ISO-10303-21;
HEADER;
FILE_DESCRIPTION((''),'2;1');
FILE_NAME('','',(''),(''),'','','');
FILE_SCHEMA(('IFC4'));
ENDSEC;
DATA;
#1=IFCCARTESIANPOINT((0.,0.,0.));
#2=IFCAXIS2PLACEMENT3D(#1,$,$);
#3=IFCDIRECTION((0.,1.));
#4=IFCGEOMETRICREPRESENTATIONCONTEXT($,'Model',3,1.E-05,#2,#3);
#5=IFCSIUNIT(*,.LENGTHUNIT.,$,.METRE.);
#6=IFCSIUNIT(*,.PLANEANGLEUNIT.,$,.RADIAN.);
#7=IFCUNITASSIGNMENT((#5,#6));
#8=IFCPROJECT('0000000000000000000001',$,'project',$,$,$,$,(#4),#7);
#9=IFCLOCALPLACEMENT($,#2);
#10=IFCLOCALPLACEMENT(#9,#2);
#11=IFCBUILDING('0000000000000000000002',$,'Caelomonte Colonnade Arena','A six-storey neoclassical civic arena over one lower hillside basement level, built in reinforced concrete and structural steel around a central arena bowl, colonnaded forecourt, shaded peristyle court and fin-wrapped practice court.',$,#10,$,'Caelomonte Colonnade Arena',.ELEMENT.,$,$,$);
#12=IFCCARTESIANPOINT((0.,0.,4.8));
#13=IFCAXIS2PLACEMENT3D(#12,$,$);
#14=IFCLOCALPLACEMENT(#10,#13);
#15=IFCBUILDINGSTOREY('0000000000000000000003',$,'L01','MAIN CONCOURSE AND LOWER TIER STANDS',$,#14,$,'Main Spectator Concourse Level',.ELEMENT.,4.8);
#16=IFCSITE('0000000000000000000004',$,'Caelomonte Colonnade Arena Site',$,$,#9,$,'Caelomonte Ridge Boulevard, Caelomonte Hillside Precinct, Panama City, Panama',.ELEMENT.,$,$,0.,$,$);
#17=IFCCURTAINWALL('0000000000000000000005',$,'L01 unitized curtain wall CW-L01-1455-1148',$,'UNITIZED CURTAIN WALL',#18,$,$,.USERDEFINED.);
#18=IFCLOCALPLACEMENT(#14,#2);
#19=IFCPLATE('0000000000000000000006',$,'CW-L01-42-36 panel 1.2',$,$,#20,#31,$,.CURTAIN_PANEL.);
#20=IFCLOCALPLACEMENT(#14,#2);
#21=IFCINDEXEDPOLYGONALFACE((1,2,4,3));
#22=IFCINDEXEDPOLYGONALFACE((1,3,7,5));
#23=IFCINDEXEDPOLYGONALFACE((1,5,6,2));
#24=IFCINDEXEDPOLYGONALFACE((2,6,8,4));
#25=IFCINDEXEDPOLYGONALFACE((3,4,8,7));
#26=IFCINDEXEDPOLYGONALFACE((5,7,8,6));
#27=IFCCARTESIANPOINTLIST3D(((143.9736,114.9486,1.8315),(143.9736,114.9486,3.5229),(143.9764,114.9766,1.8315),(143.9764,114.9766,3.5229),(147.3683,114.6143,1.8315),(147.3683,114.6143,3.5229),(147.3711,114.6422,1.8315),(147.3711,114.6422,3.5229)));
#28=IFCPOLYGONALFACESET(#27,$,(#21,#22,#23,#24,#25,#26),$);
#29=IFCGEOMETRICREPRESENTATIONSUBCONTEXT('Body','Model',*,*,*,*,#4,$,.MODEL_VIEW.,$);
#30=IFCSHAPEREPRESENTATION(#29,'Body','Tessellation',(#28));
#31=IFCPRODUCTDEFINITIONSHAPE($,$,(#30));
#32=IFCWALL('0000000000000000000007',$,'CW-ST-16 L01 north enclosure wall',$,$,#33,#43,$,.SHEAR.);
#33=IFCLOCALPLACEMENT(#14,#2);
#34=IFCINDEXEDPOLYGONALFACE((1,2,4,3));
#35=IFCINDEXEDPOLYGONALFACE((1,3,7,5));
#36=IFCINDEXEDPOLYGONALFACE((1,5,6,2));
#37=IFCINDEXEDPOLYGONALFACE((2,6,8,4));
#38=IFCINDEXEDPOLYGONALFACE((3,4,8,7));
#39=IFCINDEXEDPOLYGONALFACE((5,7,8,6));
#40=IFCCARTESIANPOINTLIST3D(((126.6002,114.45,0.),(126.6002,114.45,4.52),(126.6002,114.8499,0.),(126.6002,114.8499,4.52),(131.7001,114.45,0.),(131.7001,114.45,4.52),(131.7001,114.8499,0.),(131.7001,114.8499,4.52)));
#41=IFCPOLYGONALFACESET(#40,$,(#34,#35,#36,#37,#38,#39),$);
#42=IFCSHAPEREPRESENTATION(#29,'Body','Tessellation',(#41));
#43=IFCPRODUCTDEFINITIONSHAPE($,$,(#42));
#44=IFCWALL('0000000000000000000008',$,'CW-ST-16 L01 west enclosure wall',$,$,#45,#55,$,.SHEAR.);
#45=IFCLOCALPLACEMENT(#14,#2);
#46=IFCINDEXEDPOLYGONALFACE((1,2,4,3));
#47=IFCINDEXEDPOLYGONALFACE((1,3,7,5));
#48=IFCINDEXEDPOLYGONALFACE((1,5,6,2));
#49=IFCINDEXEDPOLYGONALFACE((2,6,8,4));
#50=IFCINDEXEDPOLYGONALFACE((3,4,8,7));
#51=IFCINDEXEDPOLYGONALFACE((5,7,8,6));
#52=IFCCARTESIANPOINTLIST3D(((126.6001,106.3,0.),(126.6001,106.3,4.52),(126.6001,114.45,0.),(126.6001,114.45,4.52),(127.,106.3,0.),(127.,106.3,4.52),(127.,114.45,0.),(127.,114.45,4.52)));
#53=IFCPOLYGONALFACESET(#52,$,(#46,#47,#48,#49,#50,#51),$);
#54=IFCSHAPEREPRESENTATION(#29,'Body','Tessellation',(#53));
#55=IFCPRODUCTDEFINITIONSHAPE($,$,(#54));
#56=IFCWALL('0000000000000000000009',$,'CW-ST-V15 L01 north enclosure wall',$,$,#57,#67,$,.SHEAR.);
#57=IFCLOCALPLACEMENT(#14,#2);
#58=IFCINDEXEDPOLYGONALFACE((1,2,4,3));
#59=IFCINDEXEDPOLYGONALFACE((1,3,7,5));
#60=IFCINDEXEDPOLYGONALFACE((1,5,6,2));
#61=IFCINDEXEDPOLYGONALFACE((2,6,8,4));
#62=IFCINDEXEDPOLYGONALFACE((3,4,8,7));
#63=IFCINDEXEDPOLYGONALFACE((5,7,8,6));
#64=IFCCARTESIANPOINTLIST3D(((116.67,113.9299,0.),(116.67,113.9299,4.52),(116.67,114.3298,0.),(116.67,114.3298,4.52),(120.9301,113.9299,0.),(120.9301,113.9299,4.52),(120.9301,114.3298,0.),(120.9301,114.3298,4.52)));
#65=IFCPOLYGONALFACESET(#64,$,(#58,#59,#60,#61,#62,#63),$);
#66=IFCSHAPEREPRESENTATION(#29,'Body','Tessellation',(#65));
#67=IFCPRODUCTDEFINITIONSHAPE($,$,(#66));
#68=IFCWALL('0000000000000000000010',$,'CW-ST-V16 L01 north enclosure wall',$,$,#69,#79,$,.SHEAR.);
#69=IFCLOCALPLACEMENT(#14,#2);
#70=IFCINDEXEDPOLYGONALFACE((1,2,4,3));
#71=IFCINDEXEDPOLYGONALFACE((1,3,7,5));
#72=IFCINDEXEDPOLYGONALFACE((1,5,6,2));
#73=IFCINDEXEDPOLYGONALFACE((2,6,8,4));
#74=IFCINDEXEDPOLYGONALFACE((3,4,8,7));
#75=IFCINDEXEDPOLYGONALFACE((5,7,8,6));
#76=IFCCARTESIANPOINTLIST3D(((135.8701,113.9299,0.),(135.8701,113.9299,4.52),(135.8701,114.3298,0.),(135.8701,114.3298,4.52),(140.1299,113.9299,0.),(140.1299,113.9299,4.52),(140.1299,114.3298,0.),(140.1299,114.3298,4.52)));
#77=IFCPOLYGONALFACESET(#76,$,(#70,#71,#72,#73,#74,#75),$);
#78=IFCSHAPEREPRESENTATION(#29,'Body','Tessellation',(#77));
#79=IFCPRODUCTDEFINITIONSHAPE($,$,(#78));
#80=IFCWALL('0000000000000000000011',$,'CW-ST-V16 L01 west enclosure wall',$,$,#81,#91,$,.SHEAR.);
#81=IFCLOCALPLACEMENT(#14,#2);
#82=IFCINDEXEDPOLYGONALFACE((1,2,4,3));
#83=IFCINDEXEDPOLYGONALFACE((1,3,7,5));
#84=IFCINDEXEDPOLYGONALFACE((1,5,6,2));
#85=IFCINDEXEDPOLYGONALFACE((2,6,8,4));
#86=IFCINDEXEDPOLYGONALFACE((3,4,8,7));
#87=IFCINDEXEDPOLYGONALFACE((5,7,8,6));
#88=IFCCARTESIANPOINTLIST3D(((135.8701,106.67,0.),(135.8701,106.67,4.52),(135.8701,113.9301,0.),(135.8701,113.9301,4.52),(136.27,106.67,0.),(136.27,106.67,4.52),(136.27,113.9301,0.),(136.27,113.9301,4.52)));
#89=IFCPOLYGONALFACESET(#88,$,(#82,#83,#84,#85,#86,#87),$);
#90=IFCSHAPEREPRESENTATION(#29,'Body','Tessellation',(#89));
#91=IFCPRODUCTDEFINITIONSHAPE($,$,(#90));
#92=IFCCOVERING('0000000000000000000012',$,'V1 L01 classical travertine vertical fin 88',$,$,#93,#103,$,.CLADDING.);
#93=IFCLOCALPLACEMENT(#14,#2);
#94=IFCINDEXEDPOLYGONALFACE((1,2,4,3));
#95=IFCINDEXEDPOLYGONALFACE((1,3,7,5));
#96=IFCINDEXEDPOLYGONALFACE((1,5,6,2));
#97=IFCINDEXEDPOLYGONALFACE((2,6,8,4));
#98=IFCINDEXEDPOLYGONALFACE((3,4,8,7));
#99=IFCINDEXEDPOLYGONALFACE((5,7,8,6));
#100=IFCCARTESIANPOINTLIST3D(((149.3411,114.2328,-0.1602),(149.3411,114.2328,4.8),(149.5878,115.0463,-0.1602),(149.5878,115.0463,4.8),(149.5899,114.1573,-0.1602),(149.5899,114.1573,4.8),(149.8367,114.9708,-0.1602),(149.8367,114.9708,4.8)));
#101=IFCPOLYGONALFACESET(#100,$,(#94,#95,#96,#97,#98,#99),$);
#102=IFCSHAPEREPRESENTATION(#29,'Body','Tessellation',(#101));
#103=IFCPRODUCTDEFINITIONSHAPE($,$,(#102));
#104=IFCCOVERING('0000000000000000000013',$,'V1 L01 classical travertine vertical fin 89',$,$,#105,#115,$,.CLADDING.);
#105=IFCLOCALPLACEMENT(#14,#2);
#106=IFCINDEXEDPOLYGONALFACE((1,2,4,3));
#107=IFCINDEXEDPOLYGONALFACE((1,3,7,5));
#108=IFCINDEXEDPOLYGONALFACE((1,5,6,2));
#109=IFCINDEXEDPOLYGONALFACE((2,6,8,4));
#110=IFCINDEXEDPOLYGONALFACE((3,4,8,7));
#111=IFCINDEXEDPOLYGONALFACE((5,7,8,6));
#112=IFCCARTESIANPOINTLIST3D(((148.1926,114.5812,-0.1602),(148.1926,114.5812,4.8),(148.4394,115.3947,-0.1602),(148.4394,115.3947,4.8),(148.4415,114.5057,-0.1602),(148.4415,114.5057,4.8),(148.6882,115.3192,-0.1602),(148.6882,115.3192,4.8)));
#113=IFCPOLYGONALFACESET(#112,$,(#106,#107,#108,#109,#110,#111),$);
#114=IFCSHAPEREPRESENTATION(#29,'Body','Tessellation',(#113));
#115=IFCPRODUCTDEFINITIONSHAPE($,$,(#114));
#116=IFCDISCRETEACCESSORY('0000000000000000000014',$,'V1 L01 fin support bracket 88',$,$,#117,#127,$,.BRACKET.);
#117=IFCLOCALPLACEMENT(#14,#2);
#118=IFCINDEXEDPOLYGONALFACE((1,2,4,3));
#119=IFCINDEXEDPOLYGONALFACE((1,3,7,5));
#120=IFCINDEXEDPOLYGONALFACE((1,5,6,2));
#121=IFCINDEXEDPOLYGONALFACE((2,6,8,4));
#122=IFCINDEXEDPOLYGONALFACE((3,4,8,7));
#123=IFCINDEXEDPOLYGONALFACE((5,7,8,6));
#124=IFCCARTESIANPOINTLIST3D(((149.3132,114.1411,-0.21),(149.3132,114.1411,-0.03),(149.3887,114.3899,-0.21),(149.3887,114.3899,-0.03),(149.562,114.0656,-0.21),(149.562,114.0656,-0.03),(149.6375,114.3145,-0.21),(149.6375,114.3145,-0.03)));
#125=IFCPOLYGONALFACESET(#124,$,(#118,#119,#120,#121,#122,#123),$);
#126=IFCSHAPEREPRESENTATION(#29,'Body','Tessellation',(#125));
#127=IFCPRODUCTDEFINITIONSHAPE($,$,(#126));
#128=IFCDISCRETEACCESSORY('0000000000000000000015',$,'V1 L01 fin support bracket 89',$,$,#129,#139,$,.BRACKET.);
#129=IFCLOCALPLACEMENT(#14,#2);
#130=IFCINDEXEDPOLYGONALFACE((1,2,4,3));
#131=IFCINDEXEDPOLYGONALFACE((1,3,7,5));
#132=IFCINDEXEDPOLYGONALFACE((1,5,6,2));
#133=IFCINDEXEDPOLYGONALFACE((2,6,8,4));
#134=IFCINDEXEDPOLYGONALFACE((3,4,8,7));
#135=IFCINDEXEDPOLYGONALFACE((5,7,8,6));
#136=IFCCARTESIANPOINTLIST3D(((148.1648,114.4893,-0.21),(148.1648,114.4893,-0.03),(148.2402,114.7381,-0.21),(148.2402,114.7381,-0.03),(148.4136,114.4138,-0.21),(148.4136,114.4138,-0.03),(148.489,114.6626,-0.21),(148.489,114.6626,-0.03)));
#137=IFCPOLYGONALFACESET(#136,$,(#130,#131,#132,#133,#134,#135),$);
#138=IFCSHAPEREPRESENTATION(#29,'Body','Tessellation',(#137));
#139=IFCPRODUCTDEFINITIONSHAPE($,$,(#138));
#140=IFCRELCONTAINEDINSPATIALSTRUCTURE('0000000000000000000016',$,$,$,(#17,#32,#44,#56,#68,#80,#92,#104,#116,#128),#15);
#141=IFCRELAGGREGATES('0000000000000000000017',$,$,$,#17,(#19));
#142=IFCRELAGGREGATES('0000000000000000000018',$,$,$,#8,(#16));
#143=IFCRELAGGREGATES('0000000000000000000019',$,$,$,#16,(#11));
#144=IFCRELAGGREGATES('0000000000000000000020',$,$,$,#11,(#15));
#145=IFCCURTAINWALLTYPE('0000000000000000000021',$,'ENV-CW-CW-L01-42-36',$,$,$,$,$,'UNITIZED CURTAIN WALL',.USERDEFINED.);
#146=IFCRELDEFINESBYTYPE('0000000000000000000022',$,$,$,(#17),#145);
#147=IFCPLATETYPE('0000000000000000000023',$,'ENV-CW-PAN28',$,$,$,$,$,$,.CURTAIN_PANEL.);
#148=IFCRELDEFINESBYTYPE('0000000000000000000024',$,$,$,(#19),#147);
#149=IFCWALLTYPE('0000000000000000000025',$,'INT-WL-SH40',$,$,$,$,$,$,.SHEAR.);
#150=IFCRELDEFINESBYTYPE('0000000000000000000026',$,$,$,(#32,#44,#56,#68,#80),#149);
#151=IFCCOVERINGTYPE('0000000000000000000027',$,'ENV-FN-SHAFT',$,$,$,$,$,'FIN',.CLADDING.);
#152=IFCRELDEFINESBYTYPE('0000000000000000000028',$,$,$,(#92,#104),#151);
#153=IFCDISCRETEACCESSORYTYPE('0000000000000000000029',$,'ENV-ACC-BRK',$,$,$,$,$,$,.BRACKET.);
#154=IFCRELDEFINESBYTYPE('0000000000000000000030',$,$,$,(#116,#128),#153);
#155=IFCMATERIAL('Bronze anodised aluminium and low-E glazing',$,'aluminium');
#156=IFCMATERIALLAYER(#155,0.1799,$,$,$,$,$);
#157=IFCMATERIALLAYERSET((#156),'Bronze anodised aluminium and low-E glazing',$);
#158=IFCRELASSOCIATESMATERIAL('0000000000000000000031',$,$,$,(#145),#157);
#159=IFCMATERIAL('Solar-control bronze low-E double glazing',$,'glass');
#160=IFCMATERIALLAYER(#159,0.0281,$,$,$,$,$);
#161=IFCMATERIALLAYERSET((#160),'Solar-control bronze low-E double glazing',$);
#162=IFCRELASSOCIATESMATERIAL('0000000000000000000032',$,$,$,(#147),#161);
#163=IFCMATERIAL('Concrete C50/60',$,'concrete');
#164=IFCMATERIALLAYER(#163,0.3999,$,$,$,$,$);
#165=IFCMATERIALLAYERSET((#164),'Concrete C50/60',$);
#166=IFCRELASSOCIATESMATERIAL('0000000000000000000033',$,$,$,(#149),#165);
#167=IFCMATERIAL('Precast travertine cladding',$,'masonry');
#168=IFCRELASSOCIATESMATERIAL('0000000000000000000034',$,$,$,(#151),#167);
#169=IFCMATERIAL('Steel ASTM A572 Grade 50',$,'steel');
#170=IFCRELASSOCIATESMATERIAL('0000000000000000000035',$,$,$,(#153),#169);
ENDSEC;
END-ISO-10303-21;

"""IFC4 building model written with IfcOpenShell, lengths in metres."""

from ifc_helpers import new_model, si_unit, direction, frame, frame_2d, origin, origin_2d, place, context, subcontext, project, spatial, rectangle, extrude, material, layer, layer_set, material_profile, profile_set, type_object, element, aggregate, save


model = new_model("IFC4")

# Units and contexts
model_context = context("Model", 3, precision=1e-05, world=origin(), true_north=direction((0.0, 1.0)))
body_context = subcontext(model_context, "Body", "Model", "MODEL_VIEW")
ifc_project = project(units=[si_unit("LENGTHUNIT", "METRE"), si_unit("PLANEANGLEUNIT", "RADIAN")], contexts=[model_context])

# Site, building, storey
site_placement = place(None, origin())
site = spatial("IfcSite", under=ifc_project, at=site_placement, Name="Caelomonte Colonnade Arena Site", LongName="Caelomonte Ridge Boulevard, Caelomonte Hillside Precinct, Panama City, Panama", CompositionType="ELEMENT", RefElevation=0.0)
building_placement = place(site_placement, origin())
building = spatial("IfcBuilding", under=site, at=building_placement, Name="Caelomonte Colonnade Arena", Description="A six-storey neoclassical civic arena over one lower hillside basement level, built in reinforced concrete and structural steel around a central arena bowl, colonnaded forecourt, shaded peristyle court and fin-wrapped practice court.", LongName="Caelomonte Colonnade Arena", CompositionType="ELEMENT")
storey_placement = place(building_placement, frame((0.0, 0.0, 4.8)))
storey = spatial("IfcBuildingStorey", under=building, at=storey_placement, Name="L01", Description="MAIN CONCOURSE AND LOWER TIER STANDS", LongName="Main Spectator Concourse Level", CompositionType="ELEMENT", Elevation=4.8)

# Shared definitions
ifc_material_1 = material(Name="Bronze anodised aluminium and low-E glazing", Category="aluminium")

# Curtain wall
ifc_layer_1 = layer(ifc_material_1, 0.1799)
ifc_layer_set_1 = layer_set([ifc_layer_1], Name="Bronze anodised aluminium and low-E glazing")
curtain_wall_type_1 = type_object("IfcCurtainWallType", Name="ENV-CW-CW-L01-42-36", ElementType="UNITIZED CURTAIN WALL", PredefinedType="USERDEFINED", material=ifc_layer_set_1)
curtain_wall_1_placement = place(storey_placement, origin())
curtain_wall_1 = element("IfcCurtainWall", 1, at=curtain_wall_1_placement, inside=storey, type_object=curtain_wall_type_1, Name="L01 unitized curtain wall CW-L01-1455-1148", ObjectType="UNITIZED CURTAIN WALL", PredefinedType="USERDEFINED")

# Plate
ifc_material_2 = material(Name="Solar-control bronze low-E double glazing", Category="glass")
ifc_layer_2 = layer(ifc_material_2, 0.0281)
ifc_layer_set_2 = layer_set([ifc_layer_2], Name="Solar-control bronze low-E double glazing")
plate_type = type_object("IfcPlateType", Name="ENV-CW-PAN28", PredefinedType="CURTAIN_PANEL", material=ifc_layer_set_2)
plate_1_placement = place(storey_placement, frame((145.6724, 114.7954, 1.8315), z_axis=(0.0, 0.0, 1.0), x_axis=(-0.995184, 0.098023, 0.0)))
plate_1 = element("IfcPlate", 2, at=plate_1_placement, type_object=plate_type, Name="CW-L01-42-36 panel 1.2", PredefinedType="CURTAIN_PANEL", context=body_context, shape_type="SweptSolid", body=[
    extrude(rectangle(XDim=3.4111, YDim=0.0281, at=origin_2d()), origin(), (0.0, 0.0, 1.0), 1.6914),
])
aggregate(curtain_wall_1, [plate_1])

# Walls
ifc_material_3 = material(Name="Concrete C50/60", Category="concrete")
ifc_layer_3 = layer(ifc_material_3, 0.3999)
ifc_layer_set_3 = layer_set([ifc_layer_3], Name="Concrete C50/60")
wall_type = type_object("IfcWallType", Name="INT-WL-SH40", PredefinedType="SHEAR", material=ifc_layer_set_3)
wall_1_placement = place(storey_placement, frame((131.7, 114.6499, 0.0), z_axis=(0.0, 0.0, 1.0), x_axis=(-1.0, 0.0, 0.0)))
element("IfcWall", 3, at=wall_1_placement, inside=storey, type_object=wall_type, Name="CW-ST-16 L01 north enclosure wall", PredefinedType="SHEAR", context=body_context, shape_type="SweptSolid", body=[
    extrude(rectangle(XDim=5.0999, YDim=0.3999, at=frame_2d((2.5498, 0.0))), origin(), (0.0, 0.0, 1.0), 4.52),
])
wall_2_placement = place(storey_placement, frame((126.8, 114.45, 0.0), z_axis=(0.0, 0.0, 1.0), x_axis=(0.0, -1.0, 0.0)))
element("IfcWall", 4, at=wall_2_placement, inside=storey, type_object=wall_type, Name="CW-ST-16 L01 west enclosure wall", PredefinedType="SHEAR", context=body_context, shape_type="SweptSolid", body=[
    extrude(rectangle(XDim=8.1499, YDim=0.3999, at=frame_2d((4.075, 0.0))), origin(), (0.0, 0.0, 1.0), 4.52),
])
wall_3_placement = place(storey_placement, frame((120.9299, 114.1299, 0.0), z_axis=(0.0, 0.0, 1.0), x_axis=(-1.0, 0.0, 0.0)))
element("IfcWall", 5, at=wall_3_placement, inside=storey, type_object=wall_type, Name="CW-ST-V15 L01 north enclosure wall", PredefinedType="SHEAR", context=body_context, shape_type="SweptSolid", body=[
    extrude(rectangle(XDim=4.26, YDim=0.3999, at=frame_2d((2.1299, 0.0))), origin(), (0.0, 0.0, 1.0), 4.52),
])
wall_4_placement = place(storey_placement, frame((140.1299, 114.1299, 0.0), z_axis=(0.0, 0.0, 1.0), x_axis=(-1.0, 0.0, 0.0)))
element("IfcWall", 6, at=wall_4_placement, inside=storey, type_object=wall_type, Name="CW-ST-V16 L01 north enclosure wall", PredefinedType="SHEAR", context=body_context, shape_type="SweptSolid", body=[
    extrude(rectangle(XDim=4.2598, YDim=0.3999, at=frame_2d((2.1299, 0.0))), origin(), (0.0, 0.0, 1.0), 4.52),
])
wall_5_placement = place(storey_placement, frame((136.0701, 113.9299, 0.0), z_axis=(0.0, 0.0, 1.0), x_axis=(0.0, -1.0, 0.0)))
element("IfcWall", 7, at=wall_5_placement, inside=storey, type_object=wall_type, Name="CW-ST-V16 L01 west enclosure wall", PredefinedType="SHEAR", context=body_context, shape_type="SweptSolid", body=[
    extrude(rectangle(XDim=7.26, YDim=0.3999, at=frame_2d((3.6299, 0.0))), origin(), (0.0, 0.0, 1.0), 4.52),
])

# Coverings
ifc_material_4 = material(Name="Precast travertine cladding", Category="masonry")
ifc_material_profile_1 = material_profile(ifc_material_4, rectangle(XDim=0.26, YDim=0.8501, at=origin_2d()), Name="FIN260X850")
ifc_profile_set_1 = profile_set([ifc_material_profile_1], Name="Precast travertine cladding")
covering_type = type_object("IfcCoveringType", Name="ENV-FN-SHAFT", ElementType="FIN", PredefinedType="CLADDING", material=ifc_profile_set_1)
for number, where, z_axis, x_axis, name in (
    (8, (149.5889, 114.6018, -0.1602), (0.0, 0.0, 1.0), (0.956943, -0.290276, 0.0), "V1 L01 classical travertine vertical fin 88"),
    (9, (148.4404, 114.9502, -0.1602), (0.0, 0.0, 1.0), (0.956943, -0.290276, 0.0), "V1 L01 classical travertine vertical fin 89"),
):
    element("IfcCovering", number, at=place(storey_placement, frame(where, z_axis=z_axis, x_axis=x_axis)), inside=storey, type_object=covering_type, Name=name, PredefinedType="CLADDING", context=body_context, shape_type="SweptSolid", body=[
        extrude(rectangle(XDim=0.26, YDim=0.8501, at=origin_2d()), origin(), (0.0, 0.0, 1.0), 4.9602),
    ])

# Discrete accessories
ifc_material_5 = material(Name="Steel ASTM A572 Grade 50", Category="steel")
discrete_accessory_type = type_object("IfcDiscreteAccessoryType", Name="ENV-ACC-BRK", PredefinedType="BRACKET", material=ifc_material_5)
for number, where, z_axis, x_axis, name in (
    (10, (149.4753, 114.2278, -0.21), (0.0, 0.0, 1.0), (-0.956943, 0.290276, 0.0), "V1 L01 fin support bracket 88"),
    (11, (148.3269, 114.5759, -0.21), (0.0, 0.0, 1.0), (-0.956943, 0.290276, 0.0), "V1 L01 fin support bracket 89"),
):
    element("IfcDiscreteAccessory", number, at=place(storey_placement, frame(where, z_axis=z_axis, x_axis=x_axis)), inside=storey, type_object=discrete_accessory_type, Name=name, PredefinedType="BRACKET", context=body_context, shape_type="SweptSolid", body=[
        extrude(rectangle(XDim=0.26, YDim=0.26, at=origin_2d()), origin(), (0.0, 0.0, 1.0), 0.1799),
    ])

save(model, "model.ifc")
